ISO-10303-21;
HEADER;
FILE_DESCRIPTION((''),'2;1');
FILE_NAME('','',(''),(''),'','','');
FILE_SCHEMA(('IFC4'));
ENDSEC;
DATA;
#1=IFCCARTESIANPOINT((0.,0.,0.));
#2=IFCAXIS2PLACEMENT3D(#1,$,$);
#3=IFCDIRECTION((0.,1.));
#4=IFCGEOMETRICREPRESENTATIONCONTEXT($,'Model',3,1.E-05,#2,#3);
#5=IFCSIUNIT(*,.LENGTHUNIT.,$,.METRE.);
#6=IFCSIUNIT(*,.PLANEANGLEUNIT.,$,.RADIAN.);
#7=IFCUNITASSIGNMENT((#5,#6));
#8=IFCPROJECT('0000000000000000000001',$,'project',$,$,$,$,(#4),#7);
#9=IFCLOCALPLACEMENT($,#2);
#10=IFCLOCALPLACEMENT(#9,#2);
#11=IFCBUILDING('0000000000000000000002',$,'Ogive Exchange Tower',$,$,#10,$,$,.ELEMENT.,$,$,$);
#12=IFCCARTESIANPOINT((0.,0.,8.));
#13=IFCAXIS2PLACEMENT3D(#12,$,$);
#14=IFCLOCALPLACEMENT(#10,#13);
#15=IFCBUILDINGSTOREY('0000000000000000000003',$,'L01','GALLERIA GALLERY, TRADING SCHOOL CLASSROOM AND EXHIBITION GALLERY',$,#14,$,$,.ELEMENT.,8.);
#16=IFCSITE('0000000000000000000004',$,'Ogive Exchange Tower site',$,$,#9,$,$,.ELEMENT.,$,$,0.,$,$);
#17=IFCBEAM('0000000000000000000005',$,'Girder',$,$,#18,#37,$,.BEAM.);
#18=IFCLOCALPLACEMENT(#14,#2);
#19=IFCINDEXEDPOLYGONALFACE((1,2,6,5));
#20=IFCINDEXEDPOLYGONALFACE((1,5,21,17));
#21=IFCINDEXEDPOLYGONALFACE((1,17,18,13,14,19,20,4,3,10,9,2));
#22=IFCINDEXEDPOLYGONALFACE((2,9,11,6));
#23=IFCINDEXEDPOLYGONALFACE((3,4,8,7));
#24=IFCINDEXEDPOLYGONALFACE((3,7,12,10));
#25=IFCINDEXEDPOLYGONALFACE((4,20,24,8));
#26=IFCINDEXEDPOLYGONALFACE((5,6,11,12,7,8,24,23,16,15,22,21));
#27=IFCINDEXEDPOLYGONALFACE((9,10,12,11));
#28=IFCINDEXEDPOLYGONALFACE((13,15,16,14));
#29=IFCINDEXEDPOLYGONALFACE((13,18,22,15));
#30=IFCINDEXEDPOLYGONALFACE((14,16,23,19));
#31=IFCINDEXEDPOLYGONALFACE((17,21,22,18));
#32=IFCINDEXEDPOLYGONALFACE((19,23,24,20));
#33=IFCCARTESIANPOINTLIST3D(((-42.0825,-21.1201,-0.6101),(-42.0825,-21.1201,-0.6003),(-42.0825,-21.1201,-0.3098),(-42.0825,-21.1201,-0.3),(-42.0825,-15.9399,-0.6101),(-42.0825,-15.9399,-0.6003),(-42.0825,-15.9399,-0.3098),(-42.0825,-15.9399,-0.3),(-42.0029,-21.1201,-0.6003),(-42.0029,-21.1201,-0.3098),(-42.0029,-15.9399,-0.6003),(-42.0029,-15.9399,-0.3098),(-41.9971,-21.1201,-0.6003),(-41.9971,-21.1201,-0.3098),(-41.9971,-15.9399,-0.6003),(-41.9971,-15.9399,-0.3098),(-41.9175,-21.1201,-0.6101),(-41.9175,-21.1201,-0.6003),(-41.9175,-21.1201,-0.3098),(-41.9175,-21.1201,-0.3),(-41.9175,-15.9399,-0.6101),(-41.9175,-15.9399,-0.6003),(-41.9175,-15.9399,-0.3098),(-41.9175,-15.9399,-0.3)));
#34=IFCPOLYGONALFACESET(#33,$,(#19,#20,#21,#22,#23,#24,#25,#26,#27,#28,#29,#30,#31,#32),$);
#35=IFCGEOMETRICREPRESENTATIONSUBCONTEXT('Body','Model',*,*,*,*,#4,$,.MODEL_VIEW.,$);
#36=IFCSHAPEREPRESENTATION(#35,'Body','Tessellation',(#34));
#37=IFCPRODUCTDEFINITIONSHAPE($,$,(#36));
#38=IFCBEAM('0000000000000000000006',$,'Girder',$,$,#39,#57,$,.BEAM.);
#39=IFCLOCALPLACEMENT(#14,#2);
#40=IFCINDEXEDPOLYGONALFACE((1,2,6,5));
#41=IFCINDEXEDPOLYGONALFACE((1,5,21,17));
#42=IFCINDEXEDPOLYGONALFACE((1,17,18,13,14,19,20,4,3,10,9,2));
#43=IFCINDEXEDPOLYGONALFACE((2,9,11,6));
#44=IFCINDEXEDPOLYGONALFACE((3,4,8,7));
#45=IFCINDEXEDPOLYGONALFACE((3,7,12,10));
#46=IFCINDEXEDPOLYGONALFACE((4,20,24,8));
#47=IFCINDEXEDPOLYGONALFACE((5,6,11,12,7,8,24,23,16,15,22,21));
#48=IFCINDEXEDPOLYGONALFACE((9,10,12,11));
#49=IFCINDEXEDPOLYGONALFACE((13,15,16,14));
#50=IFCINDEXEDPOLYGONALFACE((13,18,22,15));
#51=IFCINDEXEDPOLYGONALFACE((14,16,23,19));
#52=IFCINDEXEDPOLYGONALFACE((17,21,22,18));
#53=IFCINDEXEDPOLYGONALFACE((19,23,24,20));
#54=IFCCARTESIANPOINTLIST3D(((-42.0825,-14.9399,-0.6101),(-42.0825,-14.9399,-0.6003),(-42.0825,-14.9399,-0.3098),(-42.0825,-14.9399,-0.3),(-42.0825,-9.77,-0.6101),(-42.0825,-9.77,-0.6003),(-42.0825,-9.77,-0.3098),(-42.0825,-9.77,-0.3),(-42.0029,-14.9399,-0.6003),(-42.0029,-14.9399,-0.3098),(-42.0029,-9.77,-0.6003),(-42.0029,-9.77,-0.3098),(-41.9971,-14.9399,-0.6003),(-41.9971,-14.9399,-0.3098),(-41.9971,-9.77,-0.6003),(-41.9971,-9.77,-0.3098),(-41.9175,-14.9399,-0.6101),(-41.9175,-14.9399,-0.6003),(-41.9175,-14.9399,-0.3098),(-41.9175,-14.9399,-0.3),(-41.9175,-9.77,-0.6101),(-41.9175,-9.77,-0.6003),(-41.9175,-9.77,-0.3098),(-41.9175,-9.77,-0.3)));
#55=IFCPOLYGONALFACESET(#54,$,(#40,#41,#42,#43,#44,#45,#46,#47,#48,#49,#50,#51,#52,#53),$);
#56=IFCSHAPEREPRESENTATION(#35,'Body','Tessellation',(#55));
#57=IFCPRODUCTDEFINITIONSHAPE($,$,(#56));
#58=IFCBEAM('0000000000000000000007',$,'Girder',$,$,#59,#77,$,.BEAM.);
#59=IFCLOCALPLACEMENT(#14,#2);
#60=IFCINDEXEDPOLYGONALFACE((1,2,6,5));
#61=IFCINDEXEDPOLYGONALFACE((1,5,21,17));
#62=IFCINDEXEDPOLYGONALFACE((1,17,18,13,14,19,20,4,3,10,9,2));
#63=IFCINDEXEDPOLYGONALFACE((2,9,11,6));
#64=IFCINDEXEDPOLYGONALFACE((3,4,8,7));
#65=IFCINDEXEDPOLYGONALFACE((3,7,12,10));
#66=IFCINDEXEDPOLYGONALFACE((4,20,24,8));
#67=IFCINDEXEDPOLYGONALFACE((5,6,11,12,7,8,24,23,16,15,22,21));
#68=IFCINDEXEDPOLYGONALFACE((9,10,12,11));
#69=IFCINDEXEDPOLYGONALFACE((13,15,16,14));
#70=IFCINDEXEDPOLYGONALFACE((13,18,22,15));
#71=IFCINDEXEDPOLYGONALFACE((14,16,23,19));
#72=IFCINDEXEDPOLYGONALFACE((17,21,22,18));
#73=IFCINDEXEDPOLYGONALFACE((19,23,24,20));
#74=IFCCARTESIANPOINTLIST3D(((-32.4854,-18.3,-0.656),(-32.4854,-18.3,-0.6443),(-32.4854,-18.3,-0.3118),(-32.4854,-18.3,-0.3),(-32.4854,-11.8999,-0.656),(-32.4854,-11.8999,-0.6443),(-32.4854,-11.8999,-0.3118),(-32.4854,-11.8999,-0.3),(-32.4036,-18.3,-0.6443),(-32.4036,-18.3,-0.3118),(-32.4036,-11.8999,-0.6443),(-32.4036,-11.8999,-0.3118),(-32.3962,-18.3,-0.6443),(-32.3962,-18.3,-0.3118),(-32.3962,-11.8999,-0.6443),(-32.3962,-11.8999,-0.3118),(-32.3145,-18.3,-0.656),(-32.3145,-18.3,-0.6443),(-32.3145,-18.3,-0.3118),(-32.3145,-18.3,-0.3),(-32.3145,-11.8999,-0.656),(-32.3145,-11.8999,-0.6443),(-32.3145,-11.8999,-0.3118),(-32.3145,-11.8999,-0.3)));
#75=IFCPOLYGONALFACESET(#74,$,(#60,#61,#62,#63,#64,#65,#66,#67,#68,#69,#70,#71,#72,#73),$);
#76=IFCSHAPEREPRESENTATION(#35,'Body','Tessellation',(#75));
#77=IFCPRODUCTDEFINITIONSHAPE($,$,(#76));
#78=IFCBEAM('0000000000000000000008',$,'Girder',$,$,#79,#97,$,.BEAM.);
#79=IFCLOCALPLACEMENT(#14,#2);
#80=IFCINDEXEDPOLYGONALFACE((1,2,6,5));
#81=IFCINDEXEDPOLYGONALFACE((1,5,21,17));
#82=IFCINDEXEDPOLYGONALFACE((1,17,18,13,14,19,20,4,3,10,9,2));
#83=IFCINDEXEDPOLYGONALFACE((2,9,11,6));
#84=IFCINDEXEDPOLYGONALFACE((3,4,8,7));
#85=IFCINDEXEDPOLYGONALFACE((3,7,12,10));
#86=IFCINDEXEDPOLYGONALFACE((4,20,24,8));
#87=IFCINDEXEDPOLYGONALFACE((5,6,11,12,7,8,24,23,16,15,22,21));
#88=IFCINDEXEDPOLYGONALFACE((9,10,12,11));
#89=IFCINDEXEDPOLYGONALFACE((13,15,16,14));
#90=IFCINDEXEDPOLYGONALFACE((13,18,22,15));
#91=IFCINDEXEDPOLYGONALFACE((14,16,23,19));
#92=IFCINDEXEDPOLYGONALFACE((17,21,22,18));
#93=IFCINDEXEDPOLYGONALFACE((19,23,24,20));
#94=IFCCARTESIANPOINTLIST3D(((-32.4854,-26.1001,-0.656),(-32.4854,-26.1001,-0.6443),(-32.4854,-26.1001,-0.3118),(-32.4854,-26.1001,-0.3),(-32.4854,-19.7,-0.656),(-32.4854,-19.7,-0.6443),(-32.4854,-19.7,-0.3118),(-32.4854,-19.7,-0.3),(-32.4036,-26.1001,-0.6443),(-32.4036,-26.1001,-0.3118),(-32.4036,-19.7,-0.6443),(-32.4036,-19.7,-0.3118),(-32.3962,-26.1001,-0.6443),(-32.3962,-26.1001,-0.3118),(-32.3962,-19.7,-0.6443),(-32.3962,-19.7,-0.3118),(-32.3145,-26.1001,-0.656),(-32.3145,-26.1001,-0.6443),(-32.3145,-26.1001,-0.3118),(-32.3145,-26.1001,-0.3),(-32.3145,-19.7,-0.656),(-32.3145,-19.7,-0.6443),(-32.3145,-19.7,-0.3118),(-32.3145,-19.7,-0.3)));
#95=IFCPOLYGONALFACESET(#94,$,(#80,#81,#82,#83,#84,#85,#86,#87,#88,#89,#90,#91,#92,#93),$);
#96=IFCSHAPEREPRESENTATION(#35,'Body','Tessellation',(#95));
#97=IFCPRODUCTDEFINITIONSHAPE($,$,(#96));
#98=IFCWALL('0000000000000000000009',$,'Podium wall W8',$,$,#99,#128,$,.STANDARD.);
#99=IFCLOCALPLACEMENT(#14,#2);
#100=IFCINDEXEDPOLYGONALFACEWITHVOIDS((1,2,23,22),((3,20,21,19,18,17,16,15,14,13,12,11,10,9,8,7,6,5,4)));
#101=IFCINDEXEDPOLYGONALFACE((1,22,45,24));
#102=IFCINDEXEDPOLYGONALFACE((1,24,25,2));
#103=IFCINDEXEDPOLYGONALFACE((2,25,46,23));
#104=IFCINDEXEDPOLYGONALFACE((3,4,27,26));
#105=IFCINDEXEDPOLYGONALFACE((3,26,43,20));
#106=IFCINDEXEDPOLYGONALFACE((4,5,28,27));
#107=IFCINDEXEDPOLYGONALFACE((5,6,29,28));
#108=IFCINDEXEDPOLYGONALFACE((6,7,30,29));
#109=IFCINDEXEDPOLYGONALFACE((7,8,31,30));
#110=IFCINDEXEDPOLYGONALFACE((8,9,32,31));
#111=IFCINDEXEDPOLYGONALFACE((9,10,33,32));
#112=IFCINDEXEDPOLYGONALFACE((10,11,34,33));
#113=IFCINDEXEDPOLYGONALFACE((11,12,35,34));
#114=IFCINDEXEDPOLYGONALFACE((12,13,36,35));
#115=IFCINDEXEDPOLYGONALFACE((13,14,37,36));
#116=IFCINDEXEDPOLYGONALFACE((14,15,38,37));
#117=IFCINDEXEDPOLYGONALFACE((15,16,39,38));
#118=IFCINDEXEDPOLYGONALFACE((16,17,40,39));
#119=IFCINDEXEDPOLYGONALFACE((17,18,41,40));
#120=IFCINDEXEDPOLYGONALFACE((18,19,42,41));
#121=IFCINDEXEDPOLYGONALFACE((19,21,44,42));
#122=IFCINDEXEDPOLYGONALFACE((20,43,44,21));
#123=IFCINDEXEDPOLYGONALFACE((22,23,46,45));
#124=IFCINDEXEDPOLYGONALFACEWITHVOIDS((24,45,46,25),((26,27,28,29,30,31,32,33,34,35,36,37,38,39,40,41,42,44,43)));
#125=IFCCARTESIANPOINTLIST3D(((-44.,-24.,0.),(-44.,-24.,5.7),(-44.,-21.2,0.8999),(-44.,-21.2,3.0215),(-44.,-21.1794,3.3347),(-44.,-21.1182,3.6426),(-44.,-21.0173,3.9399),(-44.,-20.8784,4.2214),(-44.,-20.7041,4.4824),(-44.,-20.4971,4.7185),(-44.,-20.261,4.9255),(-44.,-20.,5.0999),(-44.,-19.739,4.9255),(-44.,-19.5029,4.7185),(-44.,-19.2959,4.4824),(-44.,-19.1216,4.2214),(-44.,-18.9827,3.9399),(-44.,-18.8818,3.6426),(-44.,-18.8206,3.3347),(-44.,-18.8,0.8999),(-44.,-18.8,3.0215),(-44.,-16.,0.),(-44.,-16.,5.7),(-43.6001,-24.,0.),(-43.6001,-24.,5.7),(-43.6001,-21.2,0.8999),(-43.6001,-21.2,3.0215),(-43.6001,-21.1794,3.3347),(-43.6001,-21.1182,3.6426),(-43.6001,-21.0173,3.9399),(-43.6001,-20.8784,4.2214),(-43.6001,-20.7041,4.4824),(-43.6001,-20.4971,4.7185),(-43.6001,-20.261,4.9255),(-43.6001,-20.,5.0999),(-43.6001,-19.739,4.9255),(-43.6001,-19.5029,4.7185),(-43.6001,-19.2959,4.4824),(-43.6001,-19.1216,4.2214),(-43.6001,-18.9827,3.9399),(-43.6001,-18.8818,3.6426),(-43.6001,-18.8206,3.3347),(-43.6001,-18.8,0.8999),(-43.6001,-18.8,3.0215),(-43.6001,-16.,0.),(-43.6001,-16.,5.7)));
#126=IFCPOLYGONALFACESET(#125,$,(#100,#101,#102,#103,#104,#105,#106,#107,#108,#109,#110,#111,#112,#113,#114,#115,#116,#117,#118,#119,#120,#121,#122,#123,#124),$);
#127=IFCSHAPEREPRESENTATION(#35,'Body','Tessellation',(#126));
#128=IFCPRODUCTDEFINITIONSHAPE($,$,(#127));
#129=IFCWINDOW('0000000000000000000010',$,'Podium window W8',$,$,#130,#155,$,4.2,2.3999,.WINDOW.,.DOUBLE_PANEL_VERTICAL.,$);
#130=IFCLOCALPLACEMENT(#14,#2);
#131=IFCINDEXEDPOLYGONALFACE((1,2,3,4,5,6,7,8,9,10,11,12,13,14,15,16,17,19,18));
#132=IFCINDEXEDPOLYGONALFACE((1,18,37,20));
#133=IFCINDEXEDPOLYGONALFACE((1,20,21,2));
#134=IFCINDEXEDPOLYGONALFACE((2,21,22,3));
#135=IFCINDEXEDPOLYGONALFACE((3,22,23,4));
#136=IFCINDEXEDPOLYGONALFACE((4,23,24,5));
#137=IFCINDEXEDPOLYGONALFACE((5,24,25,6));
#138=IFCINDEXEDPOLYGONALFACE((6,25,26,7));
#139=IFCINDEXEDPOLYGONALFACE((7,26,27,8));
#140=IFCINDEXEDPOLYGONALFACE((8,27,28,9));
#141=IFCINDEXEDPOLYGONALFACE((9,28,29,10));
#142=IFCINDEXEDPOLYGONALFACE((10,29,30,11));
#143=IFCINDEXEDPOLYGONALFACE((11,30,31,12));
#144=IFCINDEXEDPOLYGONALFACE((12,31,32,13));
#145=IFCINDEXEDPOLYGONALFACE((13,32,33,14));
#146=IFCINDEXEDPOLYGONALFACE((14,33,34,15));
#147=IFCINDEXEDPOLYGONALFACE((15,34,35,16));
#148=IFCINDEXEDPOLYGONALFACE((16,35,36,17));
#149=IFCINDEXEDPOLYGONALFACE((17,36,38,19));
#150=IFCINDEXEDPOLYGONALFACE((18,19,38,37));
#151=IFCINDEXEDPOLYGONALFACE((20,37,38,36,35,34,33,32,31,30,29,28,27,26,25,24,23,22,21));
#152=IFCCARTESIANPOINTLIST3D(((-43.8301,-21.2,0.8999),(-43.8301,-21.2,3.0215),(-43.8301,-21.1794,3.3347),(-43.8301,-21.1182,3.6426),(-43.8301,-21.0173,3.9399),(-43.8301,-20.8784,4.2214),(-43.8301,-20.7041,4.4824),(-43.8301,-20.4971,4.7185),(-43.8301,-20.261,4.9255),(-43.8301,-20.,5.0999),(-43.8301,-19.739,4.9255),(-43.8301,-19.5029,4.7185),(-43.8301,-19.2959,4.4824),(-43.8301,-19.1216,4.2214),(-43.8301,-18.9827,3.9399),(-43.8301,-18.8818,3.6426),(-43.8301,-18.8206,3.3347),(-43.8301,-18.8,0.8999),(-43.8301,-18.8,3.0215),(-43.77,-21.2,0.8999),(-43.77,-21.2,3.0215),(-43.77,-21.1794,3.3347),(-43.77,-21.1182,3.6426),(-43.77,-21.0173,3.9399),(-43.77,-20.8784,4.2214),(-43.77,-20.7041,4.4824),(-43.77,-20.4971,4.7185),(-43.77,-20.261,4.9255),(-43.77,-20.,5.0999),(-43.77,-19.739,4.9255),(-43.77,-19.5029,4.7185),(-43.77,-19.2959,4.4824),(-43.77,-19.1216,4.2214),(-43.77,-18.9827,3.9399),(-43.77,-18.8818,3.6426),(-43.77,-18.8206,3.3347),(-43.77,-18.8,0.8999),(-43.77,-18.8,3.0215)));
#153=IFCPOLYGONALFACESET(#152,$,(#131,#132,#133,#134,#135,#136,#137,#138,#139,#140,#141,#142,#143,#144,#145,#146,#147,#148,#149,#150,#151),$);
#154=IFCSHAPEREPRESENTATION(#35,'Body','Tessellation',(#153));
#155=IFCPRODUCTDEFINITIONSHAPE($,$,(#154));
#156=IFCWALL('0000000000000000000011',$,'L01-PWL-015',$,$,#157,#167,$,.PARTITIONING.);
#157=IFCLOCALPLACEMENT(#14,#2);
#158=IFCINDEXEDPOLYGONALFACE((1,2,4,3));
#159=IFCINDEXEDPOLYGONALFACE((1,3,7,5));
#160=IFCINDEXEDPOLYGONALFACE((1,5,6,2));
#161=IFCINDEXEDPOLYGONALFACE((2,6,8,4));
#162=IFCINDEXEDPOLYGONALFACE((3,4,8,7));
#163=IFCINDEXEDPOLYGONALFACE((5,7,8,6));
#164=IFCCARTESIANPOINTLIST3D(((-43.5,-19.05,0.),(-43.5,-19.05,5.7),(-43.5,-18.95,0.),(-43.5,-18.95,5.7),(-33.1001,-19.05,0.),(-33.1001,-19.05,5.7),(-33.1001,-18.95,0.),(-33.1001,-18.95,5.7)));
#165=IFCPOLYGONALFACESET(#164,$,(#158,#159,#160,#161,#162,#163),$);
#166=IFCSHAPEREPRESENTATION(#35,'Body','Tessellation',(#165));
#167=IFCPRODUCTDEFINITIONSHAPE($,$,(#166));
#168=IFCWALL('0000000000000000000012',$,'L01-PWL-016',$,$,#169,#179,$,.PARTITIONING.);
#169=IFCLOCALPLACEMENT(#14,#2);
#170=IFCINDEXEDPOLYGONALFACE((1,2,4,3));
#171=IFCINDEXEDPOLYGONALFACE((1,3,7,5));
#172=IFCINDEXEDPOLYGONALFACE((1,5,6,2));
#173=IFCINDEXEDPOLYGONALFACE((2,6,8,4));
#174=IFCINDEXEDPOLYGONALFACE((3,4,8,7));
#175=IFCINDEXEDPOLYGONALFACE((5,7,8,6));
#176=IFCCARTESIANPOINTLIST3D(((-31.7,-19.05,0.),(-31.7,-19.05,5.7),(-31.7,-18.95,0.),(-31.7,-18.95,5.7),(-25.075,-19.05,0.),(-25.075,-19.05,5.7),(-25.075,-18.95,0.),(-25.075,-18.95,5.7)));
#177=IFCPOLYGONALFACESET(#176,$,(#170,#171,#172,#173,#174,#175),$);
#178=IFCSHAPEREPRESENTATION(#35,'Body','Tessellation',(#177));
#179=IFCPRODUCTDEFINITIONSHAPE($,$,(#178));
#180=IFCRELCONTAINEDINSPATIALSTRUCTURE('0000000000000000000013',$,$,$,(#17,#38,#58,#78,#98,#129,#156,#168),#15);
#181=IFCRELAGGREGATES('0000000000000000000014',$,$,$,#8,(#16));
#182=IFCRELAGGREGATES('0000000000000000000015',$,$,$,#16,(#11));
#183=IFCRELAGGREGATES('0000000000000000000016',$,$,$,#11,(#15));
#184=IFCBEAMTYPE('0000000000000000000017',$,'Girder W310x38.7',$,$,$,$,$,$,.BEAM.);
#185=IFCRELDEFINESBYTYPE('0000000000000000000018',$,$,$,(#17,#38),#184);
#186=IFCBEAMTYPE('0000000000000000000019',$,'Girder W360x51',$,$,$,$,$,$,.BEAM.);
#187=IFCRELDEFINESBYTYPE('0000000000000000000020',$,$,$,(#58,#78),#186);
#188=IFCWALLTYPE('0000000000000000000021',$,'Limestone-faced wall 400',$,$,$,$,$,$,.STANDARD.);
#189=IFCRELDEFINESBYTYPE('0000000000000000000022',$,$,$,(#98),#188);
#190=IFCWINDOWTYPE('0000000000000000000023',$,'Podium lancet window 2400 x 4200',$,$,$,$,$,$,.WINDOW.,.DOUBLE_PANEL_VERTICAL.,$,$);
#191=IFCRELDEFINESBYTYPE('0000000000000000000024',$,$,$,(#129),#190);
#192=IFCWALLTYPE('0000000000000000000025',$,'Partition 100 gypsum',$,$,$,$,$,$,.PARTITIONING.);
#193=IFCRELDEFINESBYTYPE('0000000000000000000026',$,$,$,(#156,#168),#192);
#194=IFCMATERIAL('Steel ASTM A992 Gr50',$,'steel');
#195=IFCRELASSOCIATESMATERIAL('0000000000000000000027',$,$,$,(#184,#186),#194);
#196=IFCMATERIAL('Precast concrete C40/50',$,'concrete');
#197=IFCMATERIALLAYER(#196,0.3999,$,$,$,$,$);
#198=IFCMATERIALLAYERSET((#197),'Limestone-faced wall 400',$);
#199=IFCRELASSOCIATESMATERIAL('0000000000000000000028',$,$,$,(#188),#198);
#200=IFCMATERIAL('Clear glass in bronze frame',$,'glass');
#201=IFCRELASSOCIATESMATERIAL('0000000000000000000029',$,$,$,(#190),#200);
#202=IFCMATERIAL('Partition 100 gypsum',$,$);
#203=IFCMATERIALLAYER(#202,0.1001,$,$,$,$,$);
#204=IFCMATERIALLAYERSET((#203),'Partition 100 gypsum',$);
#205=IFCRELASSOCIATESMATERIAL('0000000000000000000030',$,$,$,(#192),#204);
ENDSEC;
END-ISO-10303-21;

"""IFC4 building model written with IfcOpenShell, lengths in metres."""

from ifc_helpers import new_model, si_unit, direction, frame, frame_2d, origin, origin_2d, place, context, subcontext, project, spatial, polyline, rectangle, i_section, outline, extrude, material, layer, layer_set, material_profile, profile_set, type_object, element, fill, save


model = new_model("IFC4")

# Units and contexts
model_context = context("Model", 3, precision=1e-05, world=origin(), true_north=direction((0.0, 1.0)))
body_context = subcontext(model_context, "Body", "Model", "MODEL_VIEW")
ifc_project = project(units=[si_unit("LENGTHUNIT", "METRE"), si_unit("PLANEANGLEUNIT", "RADIAN")], contexts=[model_context])

# Site, building, storey
site_placement = place(None, origin())
site = spatial("IfcSite", under=ifc_project, at=site_placement, Name="Ogive Exchange Tower site", CompositionType="ELEMENT", RefElevation=0.0)
building_placement = place(site_placement, origin())
building = spatial("IfcBuilding", under=site, at=building_placement, Name="Ogive Exchange Tower", CompositionType="ELEMENT")
storey_placement = place(building_placement, frame((0.0, 0.0, 8.0)))
storey = spatial("IfcBuildingStorey", under=building, at=storey_placement, Name="L01", Description="GALLERIA GALLERY, TRADING SCHOOL CLASSROOM AND EXHIBITION GALLERY", CompositionType="ELEMENT", Elevation=8.0)

# Beams
ifc_material_1 = material(Name="Steel ASTM A992 Gr50", Category="steel")
ifc_material_profile_1 = material_profile(ifc_material_1, i_section(OverallWidth=0.165, OverallDepth=0.3101, WebThickness=0.0059, FlangeThickness=0.0098, at=origin_2d()), Name="W310x38.7")
ifc_profile_set_1 = profile_set([ifc_material_profile_1], Name="Steel ASTM A992 Gr50")
beam_type_1 = type_object("IfcBeamType", Name="Girder W310x38.7", PredefinedType="BEAM", material=ifc_profile_set_1)
beam_1_placement = place(storey_placement, frame((-42.0, -21.1201, -0.4551), z_axis=(0.0, 1.0, 0.0), x_axis=(-1.0, 0.0, 0.0)))
element("IfcBeam", 1, at=beam_1_placement, inside=storey, type_object=beam_type_1, Name="Girder", PredefinedType="BEAM", context=body_context, shape_type="SweptSolid", body=[
    extrude(i_section(OverallWidth=0.165, OverallDepth=0.3101, WebThickness=0.0059, FlangeThickness=0.0098, at=origin_2d()), origin(), (0.0, 0.0, 1.0), 5.1802),
])
beam_2_placement = place(storey_placement, frame((-42.0, -14.9399, -0.4551), z_axis=(0.0, 1.0, 0.0), x_axis=(-1.0, 0.0, 0.0)))
element("IfcBeam", 2, at=beam_2_placement, inside=storey, type_object=beam_type_1, Name="Girder", PredefinedType="BEAM", context=body_context, shape_type="SweptSolid", body=[
    extrude(i_section(OverallWidth=0.165, OverallDepth=0.3101, WebThickness=0.0059, FlangeThickness=0.0098, at=origin_2d()), origin(), (0.0, 0.0, 1.0), 5.1699),
])
ifc_material_profile_2 = material_profile(ifc_material_1, i_section(OverallWidth=0.1709, OverallDepth=0.356, WebThickness=0.0073, FlangeThickness=0.0117, at=origin_2d()), Name="W360x51")
ifc_profile_set_2 = profile_set([ifc_material_profile_2], Name="Steel ASTM A992 Gr50")
beam_type_2 = type_object("IfcBeamType", Name="Girder W360x51", PredefinedType="BEAM", material=ifc_profile_set_2)
for number, where, z_axis, x_axis, name in (
    (3, (-32.3999, -11.8999, -0.478), (0.0, -1.0, 0.0), (1.0, 0.0, 0.0), "Girder"),
    (4, (-32.3999, -19.7, -0.478), (0.0, -1.0, 0.0), (1.0, 0.0, 0.0), "Girder"),
):
    element("IfcBeam", number, at=place(storey_placement, frame(where, z_axis=z_axis, x_axis=x_axis)), inside=storey, type_object=beam_type_2, Name=name, PredefinedType="BEAM", context=body_context, shape_type="SweptSolid", body=[
        extrude(i_section(OverallWidth=0.1709, OverallDepth=0.356, WebThickness=0.0073, FlangeThickness=0.0117, at=origin_2d()), origin(), (0.0, 0.0, 1.0), 6.4001),
    ])

# Wall, opening, window
ifc_material_2 = material(Name="Precast concrete C40/50", Category="concrete")
ifc_layer_1 = layer(ifc_material_2, 0.3999)
ifc_layer_set_1 = layer_set([ifc_layer_1], Name="Limestone-faced wall 400")
wall_type_1 = type_object("IfcWallType", Name="Limestone-faced wall 400", PredefinedType="STANDARD", material=ifc_layer_set_1)
wall_1_placement = place(storey_placement, frame((-43.8, -16.0, 0.0), z_axis=(0.0, 0.0, 1.0), x_axis=(0.0, -1.0, 0.0)))
wall_1 = element("IfcWall", 5, at=wall_1_placement, inside=storey, type_object=wall_type_1, Name="Podium wall W8", PredefinedType="STANDARD", context=body_context, shape_type="SweptSolid", body=[
    extrude(rectangle(XDim=8.0, YDim=0.3999, at=frame_2d((4.0, 0.0))), origin(), (0.0, 0.0, 1.0), 5.7),
])
opening_placement = place(wall_1_placement, frame((2.8, 0.0, 0.8999)))
opening = element("IfcOpeningElement", 6, at=opening_placement, cuts=wall_1, PredefinedType="OPENING", context=body_context, shape_type="SweptSolid", body=[
    extrude(outline(polyline([(0.0, 0.0), (2.3999, 0.0), (2.3999, 2.1216), (2.3794, 2.4348), (2.3181, 2.7427), (2.2173, 3.04), (2.0784, 3.3215), (1.9041, 3.5825), (1.697, 3.8186), (1.4609, 4.0256), (1.2, 4.2), (0.939, 4.0256), (0.7029, 3.8186), (0.4958, 3.5825), (0.3215, 3.3215), (0.1826, 3.04), (0.0818, 2.7427), (0.0205, 2.4348), (0.0, 2.1216), (0.0, 0.0)])), frame((0.0, 0.21, 0.0), z_axis=(0.0, -1.0, 0.0), x_axis=(1.0, 0.0, 0.0)), (0.0, 0.0, 1.0), 0.4199),
])
ifc_material_3 = material(Name="Clear glass in bronze frame", Category="glass")
window_type = type_object("IfcWindowType", Name="Podium lancet window 2400 x 4200", PartitioningType="DOUBLE_PANEL_VERTICAL", PredefinedType="WINDOW", material=ifc_material_3)
window_placement = place(opening_placement, origin())
window = element("IfcWindow", 7, at=window_placement, inside=storey, type_object=window_type, Name="Podium window W8", OverallHeight=4.2, OverallWidth=2.3999, PartitioningType="DOUBLE_PANEL_VERTICAL", PredefinedType="WINDOW", context=body_context, shape_type="SweptSolid", body=[
    extrude(outline(polyline([(0.0, 0.0), (2.3999, 0.0), (2.3999, 2.1216), (2.3794, 2.4348), (2.3181, 2.7427), (2.2173, 3.04), (2.0784, 3.3215), (1.9041, 3.5825), (1.697, 3.8186), (1.4609, 4.0256), (1.2, 4.2), (0.939, 4.0256), (0.7029, 3.8186), (0.4958, 3.5825), (0.3215, 3.3215), (0.1826, 3.04), (0.0818, 2.7427), (0.0205, 2.4348), (0.0, 2.1216), (0.0, 0.0)])), frame((0.0, 0.03, 0.0), z_axis=(0.0, -1.0, 0.0), x_axis=(1.0, 0.0, 0.0)), (0.0, 0.0, 1.0), 0.0601),
])
fill(opening, window)

# Walls
ifc_material_4 = material(Name="Partition 100 gypsum")
ifc_layer_2 = layer(ifc_material_4, 0.1001)
ifc_layer_set_2 = layer_set([ifc_layer_2], Name="Partition 100 gypsum")
wall_type_2 = type_object("IfcWallType", Name="Partition 100 gypsum", PredefinedType="PARTITIONING", material=ifc_layer_set_2)
wall_2_placement = place(storey_placement, frame((-43.5, -19.0, 0.0), z_axis=(0.0, 0.0, 1.0), x_axis=(1.0, 0.0, 0.0)))
element("IfcWall", 8, at=wall_2_placement, inside=storey, type_object=wall_type_2, Name="L01-PWL-015", PredefinedType="PARTITIONING", context=body_context, shape_type="SweptSolid", body=[
    extrude(rectangle(XDim=10.3999, YDim=0.1001, at=frame_2d((5.2, 0.0))), origin(), (0.0, 0.0, 1.0), 5.7),
])
wall_3_placement = place(storey_placement, frame((-31.7, -19.0, 0.0), z_axis=(0.0, 0.0, 1.0), x_axis=(1.0, 0.0, 0.0)))
element("IfcWall", 9, at=wall_3_placement, inside=storey, type_object=wall_type_2, Name="L01-PWL-016", PredefinedType="PARTITIONING", context=body_context, shape_type="SweptSolid", body=[
    extrude(rectangle(XDim=6.625, YDim=0.1001, at=frame_2d((3.3125, 0.0))), origin(), (0.0, 0.0, 1.0), 5.7),
])

save(model, "model.ifc")
